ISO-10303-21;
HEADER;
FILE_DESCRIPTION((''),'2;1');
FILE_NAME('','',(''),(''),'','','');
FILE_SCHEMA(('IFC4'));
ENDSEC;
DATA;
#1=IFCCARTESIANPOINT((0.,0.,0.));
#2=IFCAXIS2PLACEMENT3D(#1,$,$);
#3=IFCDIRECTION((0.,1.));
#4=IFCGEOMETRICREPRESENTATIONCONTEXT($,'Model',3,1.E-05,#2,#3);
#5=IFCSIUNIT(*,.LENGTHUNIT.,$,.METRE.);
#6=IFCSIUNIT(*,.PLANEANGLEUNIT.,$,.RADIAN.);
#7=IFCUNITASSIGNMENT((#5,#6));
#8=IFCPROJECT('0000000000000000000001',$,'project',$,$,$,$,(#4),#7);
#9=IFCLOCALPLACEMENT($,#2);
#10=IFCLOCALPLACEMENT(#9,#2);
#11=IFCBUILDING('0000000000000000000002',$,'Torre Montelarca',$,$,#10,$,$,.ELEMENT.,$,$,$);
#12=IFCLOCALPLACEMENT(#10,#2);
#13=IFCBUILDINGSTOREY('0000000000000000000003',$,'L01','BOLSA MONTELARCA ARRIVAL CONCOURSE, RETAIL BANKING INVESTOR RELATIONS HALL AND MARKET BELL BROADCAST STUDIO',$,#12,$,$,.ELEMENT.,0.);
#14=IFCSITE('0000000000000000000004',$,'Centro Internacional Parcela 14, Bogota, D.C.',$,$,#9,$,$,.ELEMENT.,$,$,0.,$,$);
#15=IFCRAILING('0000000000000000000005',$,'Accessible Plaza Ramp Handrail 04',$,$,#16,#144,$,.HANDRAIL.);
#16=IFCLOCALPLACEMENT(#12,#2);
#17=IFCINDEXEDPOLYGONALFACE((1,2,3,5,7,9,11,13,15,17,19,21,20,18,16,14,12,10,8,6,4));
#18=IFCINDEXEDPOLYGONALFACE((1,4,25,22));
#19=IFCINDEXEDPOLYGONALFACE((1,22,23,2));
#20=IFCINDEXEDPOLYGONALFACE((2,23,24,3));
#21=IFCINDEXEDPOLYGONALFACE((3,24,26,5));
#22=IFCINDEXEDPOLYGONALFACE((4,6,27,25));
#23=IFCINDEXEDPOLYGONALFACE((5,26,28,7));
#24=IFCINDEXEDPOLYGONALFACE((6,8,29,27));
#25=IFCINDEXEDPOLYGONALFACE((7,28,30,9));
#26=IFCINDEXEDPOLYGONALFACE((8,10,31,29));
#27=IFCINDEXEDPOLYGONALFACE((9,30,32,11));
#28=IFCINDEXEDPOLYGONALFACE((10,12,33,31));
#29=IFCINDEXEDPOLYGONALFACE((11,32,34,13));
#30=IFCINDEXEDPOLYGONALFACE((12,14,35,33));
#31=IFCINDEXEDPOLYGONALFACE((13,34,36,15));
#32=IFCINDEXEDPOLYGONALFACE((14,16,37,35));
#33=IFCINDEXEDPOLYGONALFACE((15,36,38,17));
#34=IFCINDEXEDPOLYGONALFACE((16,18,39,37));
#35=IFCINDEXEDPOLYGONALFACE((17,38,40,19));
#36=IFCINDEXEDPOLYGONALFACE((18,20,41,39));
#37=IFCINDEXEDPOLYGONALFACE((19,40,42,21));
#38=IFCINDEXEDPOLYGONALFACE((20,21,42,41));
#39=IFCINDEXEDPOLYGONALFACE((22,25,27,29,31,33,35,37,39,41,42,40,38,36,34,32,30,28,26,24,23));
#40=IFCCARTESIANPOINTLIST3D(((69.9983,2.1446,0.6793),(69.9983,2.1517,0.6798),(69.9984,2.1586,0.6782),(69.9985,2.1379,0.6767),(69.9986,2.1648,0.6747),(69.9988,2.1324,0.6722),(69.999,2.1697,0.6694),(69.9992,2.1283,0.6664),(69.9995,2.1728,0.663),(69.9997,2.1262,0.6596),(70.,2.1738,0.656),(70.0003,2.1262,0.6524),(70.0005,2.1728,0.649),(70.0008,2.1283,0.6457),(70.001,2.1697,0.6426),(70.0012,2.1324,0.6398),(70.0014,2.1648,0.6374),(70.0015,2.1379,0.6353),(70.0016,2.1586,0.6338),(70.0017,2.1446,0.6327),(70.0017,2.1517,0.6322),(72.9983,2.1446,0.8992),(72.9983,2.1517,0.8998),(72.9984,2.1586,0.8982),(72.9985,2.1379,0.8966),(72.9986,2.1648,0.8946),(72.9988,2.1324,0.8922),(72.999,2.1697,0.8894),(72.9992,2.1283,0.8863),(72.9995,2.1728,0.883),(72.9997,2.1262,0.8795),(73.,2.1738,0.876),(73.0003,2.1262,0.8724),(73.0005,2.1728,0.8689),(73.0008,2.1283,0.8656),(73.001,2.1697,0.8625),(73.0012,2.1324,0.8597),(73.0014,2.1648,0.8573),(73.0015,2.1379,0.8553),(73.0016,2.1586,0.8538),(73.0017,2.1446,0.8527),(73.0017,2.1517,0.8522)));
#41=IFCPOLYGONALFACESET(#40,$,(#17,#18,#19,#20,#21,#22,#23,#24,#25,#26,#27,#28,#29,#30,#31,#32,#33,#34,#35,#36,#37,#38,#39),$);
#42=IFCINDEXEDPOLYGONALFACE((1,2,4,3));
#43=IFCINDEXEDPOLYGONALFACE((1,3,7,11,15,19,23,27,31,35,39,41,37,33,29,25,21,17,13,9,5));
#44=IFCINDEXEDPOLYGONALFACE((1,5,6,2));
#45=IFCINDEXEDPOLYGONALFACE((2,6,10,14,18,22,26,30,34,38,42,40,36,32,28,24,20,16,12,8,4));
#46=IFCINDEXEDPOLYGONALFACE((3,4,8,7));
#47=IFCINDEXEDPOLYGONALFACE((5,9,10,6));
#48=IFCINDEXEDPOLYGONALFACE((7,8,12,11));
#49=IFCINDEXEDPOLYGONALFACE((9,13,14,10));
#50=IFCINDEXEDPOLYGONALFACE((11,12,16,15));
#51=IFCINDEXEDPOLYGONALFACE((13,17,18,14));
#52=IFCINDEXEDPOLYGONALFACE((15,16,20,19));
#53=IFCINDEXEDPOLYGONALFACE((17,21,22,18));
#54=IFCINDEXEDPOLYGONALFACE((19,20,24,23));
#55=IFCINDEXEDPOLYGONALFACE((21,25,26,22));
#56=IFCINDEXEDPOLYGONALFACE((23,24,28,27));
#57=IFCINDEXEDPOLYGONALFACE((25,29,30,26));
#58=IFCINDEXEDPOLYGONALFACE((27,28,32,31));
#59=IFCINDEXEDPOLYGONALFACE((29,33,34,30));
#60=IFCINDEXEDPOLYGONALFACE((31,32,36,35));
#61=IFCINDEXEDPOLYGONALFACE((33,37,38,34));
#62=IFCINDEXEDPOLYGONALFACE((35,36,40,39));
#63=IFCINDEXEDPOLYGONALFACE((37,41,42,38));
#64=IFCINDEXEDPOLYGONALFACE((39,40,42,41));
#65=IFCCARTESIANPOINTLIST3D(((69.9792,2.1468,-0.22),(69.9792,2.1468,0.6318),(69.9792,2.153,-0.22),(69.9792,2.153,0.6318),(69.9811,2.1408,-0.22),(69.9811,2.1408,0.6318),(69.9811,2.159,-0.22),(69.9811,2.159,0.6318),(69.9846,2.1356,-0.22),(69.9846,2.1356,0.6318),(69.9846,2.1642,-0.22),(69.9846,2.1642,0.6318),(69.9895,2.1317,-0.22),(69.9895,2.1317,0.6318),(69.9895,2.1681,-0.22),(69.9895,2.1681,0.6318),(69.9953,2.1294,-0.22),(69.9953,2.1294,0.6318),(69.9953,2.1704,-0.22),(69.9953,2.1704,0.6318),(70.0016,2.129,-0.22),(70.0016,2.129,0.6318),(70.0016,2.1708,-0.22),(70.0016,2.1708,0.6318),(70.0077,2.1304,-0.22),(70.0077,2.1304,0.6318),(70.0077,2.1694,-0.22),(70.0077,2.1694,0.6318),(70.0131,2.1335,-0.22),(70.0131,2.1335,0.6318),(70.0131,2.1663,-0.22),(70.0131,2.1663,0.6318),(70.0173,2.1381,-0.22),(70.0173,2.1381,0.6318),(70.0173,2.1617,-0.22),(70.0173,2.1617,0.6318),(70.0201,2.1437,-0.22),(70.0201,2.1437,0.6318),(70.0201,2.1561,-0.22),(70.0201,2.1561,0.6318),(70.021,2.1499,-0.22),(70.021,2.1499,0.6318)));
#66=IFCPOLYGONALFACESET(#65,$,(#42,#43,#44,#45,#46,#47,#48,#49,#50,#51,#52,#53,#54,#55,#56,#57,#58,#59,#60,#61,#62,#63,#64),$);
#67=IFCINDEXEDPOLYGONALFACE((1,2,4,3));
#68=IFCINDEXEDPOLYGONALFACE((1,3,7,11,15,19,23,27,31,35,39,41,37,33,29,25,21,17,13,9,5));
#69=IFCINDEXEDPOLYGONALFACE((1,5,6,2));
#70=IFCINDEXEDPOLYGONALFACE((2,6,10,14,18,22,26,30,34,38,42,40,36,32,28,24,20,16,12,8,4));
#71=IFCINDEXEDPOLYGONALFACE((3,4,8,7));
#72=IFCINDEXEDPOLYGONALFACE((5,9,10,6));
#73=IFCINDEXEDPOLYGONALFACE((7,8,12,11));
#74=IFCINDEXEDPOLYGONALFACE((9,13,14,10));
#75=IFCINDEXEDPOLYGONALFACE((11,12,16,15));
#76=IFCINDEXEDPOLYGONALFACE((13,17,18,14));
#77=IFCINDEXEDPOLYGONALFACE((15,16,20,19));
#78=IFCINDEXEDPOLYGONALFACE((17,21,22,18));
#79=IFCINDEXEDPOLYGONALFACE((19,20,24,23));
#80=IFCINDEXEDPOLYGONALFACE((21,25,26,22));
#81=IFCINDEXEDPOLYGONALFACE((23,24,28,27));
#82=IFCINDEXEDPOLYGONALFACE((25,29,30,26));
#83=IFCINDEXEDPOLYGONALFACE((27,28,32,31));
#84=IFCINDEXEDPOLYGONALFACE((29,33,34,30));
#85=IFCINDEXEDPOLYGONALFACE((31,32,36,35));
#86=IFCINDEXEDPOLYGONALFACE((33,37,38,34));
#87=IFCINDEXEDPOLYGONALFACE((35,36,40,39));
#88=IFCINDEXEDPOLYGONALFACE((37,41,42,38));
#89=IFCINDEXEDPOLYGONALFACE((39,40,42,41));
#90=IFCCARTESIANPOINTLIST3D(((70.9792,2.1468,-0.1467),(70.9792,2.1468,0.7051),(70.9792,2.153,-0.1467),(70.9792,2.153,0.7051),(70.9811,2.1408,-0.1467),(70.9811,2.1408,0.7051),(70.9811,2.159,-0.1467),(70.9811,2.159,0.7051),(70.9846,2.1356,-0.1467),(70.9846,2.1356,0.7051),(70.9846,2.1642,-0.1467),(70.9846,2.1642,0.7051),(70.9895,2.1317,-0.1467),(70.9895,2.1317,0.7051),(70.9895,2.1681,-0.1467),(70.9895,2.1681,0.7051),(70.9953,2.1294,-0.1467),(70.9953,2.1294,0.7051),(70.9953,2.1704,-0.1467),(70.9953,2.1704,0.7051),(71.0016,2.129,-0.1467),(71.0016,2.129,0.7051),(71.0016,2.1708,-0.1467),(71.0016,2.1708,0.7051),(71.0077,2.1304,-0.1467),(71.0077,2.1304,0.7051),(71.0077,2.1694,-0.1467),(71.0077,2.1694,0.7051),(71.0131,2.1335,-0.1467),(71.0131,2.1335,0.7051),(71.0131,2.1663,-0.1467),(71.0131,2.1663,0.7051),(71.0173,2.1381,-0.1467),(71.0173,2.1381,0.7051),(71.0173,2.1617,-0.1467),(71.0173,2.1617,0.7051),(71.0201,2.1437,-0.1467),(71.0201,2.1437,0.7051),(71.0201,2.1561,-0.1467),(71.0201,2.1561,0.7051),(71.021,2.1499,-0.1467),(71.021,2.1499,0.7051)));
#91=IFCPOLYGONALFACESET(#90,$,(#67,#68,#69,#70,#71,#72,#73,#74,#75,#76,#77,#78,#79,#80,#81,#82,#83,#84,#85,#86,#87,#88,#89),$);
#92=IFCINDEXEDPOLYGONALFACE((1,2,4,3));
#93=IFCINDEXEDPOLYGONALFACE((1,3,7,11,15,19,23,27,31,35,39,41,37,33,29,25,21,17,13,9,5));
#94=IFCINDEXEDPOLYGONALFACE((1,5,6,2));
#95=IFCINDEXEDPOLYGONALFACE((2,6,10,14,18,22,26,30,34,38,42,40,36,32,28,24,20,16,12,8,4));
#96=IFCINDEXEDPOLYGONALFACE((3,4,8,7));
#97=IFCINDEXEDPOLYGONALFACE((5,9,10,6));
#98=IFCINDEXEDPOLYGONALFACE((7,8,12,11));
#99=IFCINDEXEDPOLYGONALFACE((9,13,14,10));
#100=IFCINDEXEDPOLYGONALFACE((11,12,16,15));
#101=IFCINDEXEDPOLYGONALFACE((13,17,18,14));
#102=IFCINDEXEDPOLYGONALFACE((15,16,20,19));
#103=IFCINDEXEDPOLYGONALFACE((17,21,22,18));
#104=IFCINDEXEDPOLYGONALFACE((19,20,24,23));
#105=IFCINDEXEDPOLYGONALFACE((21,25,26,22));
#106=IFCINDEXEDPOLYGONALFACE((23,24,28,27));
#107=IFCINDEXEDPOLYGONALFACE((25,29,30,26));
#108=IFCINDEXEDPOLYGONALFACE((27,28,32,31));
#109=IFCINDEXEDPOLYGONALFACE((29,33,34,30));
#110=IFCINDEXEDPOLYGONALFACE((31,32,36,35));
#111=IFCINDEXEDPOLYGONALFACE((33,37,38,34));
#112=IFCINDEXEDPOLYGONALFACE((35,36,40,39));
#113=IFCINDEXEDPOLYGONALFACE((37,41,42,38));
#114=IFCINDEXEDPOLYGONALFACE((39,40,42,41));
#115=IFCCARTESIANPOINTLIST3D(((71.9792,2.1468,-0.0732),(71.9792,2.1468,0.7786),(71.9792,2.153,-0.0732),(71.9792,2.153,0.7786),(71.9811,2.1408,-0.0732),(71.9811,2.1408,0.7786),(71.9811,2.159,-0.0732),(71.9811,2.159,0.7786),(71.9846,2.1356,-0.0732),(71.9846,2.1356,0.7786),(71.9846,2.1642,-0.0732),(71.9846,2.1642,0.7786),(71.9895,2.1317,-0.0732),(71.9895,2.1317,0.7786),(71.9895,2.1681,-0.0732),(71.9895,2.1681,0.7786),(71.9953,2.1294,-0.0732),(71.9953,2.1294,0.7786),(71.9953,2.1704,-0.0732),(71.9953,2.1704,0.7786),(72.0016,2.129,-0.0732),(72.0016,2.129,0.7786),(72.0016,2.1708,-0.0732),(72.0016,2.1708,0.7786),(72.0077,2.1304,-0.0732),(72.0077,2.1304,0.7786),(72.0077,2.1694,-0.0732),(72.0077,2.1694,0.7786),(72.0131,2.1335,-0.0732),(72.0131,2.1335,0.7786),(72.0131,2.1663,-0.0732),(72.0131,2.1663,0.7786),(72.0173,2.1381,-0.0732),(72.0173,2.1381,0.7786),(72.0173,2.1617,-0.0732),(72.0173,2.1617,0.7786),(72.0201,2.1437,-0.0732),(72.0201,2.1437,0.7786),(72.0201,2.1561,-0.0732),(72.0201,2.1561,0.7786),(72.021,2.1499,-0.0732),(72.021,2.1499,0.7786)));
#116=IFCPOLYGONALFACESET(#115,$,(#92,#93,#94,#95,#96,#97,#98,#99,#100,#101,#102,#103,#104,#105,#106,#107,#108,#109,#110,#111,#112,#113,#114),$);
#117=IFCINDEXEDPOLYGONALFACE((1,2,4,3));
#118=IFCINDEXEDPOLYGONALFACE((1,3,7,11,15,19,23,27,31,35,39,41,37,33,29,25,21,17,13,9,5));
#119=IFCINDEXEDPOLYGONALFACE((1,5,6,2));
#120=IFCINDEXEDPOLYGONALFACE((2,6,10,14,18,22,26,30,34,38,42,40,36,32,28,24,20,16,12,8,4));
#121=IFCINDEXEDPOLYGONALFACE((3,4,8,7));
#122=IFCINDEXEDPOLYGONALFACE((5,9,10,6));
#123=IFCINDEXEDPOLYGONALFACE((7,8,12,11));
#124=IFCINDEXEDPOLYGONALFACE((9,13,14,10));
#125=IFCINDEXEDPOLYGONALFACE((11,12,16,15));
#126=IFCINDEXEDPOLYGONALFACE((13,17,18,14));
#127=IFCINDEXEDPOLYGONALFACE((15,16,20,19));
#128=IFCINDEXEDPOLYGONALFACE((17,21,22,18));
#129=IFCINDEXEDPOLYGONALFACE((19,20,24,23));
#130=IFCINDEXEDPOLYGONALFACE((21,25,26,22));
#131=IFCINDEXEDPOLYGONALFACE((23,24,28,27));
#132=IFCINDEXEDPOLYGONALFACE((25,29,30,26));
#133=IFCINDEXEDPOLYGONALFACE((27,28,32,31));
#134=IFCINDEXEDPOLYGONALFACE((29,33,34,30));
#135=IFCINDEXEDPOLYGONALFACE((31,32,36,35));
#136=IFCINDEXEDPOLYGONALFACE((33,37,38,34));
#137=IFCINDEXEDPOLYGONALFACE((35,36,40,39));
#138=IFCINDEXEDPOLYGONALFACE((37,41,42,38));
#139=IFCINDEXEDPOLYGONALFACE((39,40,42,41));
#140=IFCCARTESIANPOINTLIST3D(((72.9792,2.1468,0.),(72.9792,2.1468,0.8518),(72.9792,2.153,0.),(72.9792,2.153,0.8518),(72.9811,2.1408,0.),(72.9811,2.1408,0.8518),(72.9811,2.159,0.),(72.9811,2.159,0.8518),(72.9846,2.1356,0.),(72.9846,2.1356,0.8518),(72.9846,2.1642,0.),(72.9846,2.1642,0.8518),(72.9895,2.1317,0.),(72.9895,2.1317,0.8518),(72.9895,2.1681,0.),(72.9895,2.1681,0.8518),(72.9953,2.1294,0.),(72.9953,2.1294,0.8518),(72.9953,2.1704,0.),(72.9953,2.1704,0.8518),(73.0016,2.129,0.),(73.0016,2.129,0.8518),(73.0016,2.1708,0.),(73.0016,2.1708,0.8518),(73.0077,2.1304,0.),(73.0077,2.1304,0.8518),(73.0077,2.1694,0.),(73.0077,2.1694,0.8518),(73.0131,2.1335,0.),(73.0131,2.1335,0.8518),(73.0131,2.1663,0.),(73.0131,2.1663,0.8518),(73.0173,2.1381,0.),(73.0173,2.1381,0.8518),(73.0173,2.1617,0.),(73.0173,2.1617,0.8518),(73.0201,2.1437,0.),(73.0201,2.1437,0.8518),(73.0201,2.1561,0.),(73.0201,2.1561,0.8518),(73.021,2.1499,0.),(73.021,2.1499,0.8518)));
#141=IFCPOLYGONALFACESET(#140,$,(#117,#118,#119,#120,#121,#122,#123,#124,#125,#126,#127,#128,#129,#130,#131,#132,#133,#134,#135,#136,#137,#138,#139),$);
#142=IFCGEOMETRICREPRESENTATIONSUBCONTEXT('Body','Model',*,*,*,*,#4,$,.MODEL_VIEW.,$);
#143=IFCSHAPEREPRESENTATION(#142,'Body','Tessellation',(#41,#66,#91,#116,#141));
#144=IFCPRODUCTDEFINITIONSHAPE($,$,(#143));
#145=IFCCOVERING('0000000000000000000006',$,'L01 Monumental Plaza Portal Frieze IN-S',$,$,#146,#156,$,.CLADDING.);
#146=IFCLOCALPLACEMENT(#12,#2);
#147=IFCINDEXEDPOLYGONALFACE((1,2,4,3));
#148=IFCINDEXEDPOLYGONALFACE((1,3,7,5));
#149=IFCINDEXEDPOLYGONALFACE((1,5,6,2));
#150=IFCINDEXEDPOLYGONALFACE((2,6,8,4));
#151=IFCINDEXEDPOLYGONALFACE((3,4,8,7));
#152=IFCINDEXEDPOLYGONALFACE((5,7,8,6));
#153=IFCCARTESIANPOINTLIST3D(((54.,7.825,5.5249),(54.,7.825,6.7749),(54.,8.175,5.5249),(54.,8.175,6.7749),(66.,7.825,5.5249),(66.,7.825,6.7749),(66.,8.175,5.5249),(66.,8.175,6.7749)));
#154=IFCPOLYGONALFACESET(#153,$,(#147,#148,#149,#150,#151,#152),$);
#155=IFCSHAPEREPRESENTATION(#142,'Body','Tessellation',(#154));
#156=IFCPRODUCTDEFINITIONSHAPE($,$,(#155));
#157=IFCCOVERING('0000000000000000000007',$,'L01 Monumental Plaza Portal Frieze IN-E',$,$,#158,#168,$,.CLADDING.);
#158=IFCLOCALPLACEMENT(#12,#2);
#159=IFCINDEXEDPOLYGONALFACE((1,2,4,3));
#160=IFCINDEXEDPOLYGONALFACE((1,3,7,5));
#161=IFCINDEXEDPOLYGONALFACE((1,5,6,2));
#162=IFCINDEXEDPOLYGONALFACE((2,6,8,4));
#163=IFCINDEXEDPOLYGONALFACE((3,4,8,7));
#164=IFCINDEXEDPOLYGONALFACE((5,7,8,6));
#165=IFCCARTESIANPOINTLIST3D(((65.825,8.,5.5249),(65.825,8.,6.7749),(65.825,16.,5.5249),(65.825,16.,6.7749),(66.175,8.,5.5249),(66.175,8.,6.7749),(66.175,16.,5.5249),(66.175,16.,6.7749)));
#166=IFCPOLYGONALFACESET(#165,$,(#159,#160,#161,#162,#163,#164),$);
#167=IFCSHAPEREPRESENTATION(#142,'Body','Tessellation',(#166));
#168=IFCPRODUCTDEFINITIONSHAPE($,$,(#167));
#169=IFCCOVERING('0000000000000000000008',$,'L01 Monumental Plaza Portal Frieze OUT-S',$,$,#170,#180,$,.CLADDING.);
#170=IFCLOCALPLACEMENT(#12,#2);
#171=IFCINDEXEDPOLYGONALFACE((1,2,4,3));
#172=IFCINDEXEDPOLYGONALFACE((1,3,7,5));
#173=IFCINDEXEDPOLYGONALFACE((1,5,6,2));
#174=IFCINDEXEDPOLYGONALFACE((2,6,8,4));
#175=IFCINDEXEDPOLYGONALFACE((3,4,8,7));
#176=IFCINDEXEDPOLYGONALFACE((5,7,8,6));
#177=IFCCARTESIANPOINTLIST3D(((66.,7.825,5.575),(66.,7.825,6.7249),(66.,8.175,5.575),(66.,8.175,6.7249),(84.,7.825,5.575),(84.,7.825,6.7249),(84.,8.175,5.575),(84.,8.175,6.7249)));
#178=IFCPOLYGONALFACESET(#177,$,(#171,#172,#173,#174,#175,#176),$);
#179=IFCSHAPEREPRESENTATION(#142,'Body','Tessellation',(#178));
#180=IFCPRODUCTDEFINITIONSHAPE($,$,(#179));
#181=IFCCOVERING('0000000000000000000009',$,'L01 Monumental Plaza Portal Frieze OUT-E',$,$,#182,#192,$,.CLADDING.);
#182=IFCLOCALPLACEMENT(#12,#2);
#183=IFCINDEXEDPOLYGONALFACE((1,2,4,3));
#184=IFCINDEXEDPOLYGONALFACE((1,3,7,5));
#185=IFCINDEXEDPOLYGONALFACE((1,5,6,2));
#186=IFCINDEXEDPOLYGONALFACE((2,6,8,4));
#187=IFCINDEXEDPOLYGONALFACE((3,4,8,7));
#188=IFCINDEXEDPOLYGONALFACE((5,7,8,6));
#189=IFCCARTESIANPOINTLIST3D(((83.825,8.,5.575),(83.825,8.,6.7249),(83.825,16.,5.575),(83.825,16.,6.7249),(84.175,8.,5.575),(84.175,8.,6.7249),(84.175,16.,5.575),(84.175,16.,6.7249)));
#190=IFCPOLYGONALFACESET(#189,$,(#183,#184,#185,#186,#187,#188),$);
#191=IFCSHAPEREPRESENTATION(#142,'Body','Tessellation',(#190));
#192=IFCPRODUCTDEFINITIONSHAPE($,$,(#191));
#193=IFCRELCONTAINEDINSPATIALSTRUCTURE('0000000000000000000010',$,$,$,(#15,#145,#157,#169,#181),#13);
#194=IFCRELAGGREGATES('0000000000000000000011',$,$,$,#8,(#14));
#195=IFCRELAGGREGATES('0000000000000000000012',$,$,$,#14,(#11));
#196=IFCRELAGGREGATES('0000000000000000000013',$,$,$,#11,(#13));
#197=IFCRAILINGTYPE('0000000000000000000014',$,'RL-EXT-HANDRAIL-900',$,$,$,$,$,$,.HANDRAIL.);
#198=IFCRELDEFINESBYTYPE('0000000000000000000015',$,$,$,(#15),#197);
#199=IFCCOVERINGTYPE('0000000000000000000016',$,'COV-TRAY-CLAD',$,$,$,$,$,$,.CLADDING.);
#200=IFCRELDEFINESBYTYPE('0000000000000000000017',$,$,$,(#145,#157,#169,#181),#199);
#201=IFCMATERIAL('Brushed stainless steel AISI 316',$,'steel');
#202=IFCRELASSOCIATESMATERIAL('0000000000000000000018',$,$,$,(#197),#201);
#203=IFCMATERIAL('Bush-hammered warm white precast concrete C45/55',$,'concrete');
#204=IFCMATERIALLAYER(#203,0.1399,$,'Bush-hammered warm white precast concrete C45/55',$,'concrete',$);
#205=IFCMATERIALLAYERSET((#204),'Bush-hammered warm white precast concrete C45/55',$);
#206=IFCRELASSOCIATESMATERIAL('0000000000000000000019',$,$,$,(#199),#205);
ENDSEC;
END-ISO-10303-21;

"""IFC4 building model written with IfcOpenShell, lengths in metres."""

from ifc_helpers import new_model, si_unit, direction, frame, origin, origin_2d, place, context, subcontext, project, spatial, rectangle, circle, extrude, source, transform, mapped, material, layer, layer_set, type_object, element, save


model = new_model("IFC4")

# Units and contexts
model_context = context("Model", 3, precision=1e-05, world=origin(), true_north=direction((0.0, 1.0)))
body_context = subcontext(model_context, "Body", "Model", "MODEL_VIEW")
ifc_project = project(units=[si_unit("LENGTHUNIT", "METRE"), si_unit("PLANEANGLEUNIT", "RADIAN")], contexts=[model_context])

# Site, building, storey
site_placement = place(None, origin())
site = spatial("IfcSite", under=ifc_project, at=site_placement, Name="Centro Internacional Parcela 14, Bogota, D.C.", CompositionType="ELEMENT", RefElevation=0.0)
building_placement = place(site_placement, origin())
building = spatial("IfcBuilding", under=site, at=building_placement, Name="Torre Montelarca", CompositionType="ELEMENT")
storey_placement = place(building_placement, origin())
storey = spatial("IfcBuildingStorey", under=building, at=storey_placement, Name="L01", Description="BOLSA MONTELARCA ARRIVAL CONCOURSE, RETAIL BANKING INVESTOR RELATIONS HALL AND MARKET BELL BROADCAST STUDIO", CompositionType="ELEMENT", Elevation=0.0)

# Railing
ifc_material_1 = material(Name="Brushed stainless steel AISI 316", Category="steel")
railing_type = type_object("IfcRailingType", Name="RL-EXT-HANDRAIL-900", PredefinedType="HANDRAIL", material=ifc_material_1)
for number, where, name in (
    (1, (70.0, 2.1499, -0.22), "Accessible Plaza Ramp Handrail 04"),
):
    element("IfcRailing", number, at=place(storey_placement, frame(where)), inside=storey, type_object=railing_type, Name=name, PredefinedType="HANDRAIL", context=body_context, shape_type="SweptSolid", body=[
        extrude(circle(Radius=0.0239, at=origin_2d()), frame((0.0, 0.0, 0.876), z_axis=(0.997323, 0.0, 0.073127), x_axis=(0.0, 1.0, 0.0)), (0.0, 0.0, 1.0), 3.0081),
        extrude(circle(Radius=0.021, at=origin_2d()), origin(), (0.0, 0.0, 1.0), 0.8518),
        extrude(circle(Radius=0.021, at=origin_2d()), frame((1.0, 0.0, 0.0732)), (0.0, 0.0, 1.0), 0.8518),
        extrude(circle(Radius=0.021, at=origin_2d()), frame((2.0, 0.0, 0.1467)), (0.0, 0.0, 1.0), 0.8518),
        extrude(circle(Radius=0.021, at=origin_2d()), frame((3.0, 0.0, 0.22)), (0.0, 0.0, 1.0), 0.8518),
    ])

# Coverings
ifc_material_2 = material(Name="Bush-hammered warm white precast concrete C45/55", Category="concrete")
ifc_layer_1 = layer(ifc_material_2, 0.1399, Name="Bush-hammered warm white precast concrete C45/55", Category="concrete")
ifc_layer_set_1 = layer_set([ifc_layer_1], Name="Bush-hammered warm white precast concrete C45/55")
covering_type = type_object("IfcCoveringType", Name="COV-TRAY-CLAD", PredefinedType="CLADDING", material=ifc_layer_set_1)
shared_shape_1 = source(origin(), body_context, "Body", "SweptSolid", [
    extrude(rectangle(XDim=12.0, YDim=0.3501, at=origin_2d()), origin(), (0.0, 0.0, 1.0), 1.25),
])
covering_1_placement = place(storey_placement, frame((60.0, 8.0, 5.5249), z_axis=(0.0, 0.0, 1.0), x_axis=(1.0, 0.0, 0.0)))
element("IfcCovering", 2, at=covering_1_placement, inside=storey, type_object=covering_type, Name="L01 Monumental Plaza Portal Frieze IN-S", PredefinedType="CLADDING", context=body_context, shape_type="MappedRepresentation", body=[
    mapped(shared_shape_1, transform((0.0, 0.0, 0.0), scale=1.0)),
])
shared_shape_2 = source(origin(), body_context, "Body", "SweptSolid", [
    extrude(rectangle(XDim=8.0, YDim=0.3501, at=origin_2d()), origin(), (0.0, 0.0, 1.0), 1.25),
])
covering_2_placement = place(storey_placement, frame((66.0, 12.0, 5.5249), z_axis=(0.0, 0.0, 1.0), x_axis=(0.0, 1.0, 0.0)))
element("IfcCovering", 3, at=covering_2_placement, inside=storey, type_object=covering_type, Name="L01 Monumental Plaza Portal Frieze IN-E", PredefinedType="CLADDING", context=body_context, shape_type="MappedRepresentation", body=[
    mapped(shared_shape_2, transform((0.0, 0.0, 0.0), scale=1.0)),
])
shared_shape_3 = source(origin(), body_context, "Body", "SweptSolid", [
    extrude(rectangle(XDim=18.0, YDim=0.3501, at=origin_2d()), origin(), (0.0, 0.0, 1.0), 1.1499),
])
covering_3_placement = place(storey_placement, frame((75.0, 8.0, 5.575), z_axis=(0.0, 0.0, 1.0), x_axis=(1.0, 0.0, 0.0)))
element("IfcCovering", 4, at=covering_3_placement, inside=storey, type_object=covering_type, Name="L01 Monumental Plaza Portal Frieze OUT-S", PredefinedType="CLADDING", context=body_context, shape_type="MappedRepresentation", body=[
    mapped(shared_shape_3, transform((0.0, 0.0, 0.0), scale=1.0)),
])
shared_shape_4 = source(origin(), body_context, "Body", "SweptSolid", [
    extrude(rectangle(XDim=8.0, YDim=0.3501, at=origin_2d()), origin(), (0.0, 0.0, 1.0), 1.1499),
])
covering_4_placement = place(storey_placement, frame((84.0, 12.0, 5.575), z_axis=(0.0, 0.0, 1.0), x_axis=(0.0, 1.0, 0.0)))
element("IfcCovering", 5, at=covering_4_placement, inside=storey, type_object=covering_type, Name="L01 Monumental Plaza Portal Frieze OUT-E", PredefinedType="CLADDING", context=body_context, shape_type="MappedRepresentation", body=[
    mapped(shared_shape_4, transform((0.0, 0.0, 0.0), scale=1.0)),
])

save(model, "model.ifc")
